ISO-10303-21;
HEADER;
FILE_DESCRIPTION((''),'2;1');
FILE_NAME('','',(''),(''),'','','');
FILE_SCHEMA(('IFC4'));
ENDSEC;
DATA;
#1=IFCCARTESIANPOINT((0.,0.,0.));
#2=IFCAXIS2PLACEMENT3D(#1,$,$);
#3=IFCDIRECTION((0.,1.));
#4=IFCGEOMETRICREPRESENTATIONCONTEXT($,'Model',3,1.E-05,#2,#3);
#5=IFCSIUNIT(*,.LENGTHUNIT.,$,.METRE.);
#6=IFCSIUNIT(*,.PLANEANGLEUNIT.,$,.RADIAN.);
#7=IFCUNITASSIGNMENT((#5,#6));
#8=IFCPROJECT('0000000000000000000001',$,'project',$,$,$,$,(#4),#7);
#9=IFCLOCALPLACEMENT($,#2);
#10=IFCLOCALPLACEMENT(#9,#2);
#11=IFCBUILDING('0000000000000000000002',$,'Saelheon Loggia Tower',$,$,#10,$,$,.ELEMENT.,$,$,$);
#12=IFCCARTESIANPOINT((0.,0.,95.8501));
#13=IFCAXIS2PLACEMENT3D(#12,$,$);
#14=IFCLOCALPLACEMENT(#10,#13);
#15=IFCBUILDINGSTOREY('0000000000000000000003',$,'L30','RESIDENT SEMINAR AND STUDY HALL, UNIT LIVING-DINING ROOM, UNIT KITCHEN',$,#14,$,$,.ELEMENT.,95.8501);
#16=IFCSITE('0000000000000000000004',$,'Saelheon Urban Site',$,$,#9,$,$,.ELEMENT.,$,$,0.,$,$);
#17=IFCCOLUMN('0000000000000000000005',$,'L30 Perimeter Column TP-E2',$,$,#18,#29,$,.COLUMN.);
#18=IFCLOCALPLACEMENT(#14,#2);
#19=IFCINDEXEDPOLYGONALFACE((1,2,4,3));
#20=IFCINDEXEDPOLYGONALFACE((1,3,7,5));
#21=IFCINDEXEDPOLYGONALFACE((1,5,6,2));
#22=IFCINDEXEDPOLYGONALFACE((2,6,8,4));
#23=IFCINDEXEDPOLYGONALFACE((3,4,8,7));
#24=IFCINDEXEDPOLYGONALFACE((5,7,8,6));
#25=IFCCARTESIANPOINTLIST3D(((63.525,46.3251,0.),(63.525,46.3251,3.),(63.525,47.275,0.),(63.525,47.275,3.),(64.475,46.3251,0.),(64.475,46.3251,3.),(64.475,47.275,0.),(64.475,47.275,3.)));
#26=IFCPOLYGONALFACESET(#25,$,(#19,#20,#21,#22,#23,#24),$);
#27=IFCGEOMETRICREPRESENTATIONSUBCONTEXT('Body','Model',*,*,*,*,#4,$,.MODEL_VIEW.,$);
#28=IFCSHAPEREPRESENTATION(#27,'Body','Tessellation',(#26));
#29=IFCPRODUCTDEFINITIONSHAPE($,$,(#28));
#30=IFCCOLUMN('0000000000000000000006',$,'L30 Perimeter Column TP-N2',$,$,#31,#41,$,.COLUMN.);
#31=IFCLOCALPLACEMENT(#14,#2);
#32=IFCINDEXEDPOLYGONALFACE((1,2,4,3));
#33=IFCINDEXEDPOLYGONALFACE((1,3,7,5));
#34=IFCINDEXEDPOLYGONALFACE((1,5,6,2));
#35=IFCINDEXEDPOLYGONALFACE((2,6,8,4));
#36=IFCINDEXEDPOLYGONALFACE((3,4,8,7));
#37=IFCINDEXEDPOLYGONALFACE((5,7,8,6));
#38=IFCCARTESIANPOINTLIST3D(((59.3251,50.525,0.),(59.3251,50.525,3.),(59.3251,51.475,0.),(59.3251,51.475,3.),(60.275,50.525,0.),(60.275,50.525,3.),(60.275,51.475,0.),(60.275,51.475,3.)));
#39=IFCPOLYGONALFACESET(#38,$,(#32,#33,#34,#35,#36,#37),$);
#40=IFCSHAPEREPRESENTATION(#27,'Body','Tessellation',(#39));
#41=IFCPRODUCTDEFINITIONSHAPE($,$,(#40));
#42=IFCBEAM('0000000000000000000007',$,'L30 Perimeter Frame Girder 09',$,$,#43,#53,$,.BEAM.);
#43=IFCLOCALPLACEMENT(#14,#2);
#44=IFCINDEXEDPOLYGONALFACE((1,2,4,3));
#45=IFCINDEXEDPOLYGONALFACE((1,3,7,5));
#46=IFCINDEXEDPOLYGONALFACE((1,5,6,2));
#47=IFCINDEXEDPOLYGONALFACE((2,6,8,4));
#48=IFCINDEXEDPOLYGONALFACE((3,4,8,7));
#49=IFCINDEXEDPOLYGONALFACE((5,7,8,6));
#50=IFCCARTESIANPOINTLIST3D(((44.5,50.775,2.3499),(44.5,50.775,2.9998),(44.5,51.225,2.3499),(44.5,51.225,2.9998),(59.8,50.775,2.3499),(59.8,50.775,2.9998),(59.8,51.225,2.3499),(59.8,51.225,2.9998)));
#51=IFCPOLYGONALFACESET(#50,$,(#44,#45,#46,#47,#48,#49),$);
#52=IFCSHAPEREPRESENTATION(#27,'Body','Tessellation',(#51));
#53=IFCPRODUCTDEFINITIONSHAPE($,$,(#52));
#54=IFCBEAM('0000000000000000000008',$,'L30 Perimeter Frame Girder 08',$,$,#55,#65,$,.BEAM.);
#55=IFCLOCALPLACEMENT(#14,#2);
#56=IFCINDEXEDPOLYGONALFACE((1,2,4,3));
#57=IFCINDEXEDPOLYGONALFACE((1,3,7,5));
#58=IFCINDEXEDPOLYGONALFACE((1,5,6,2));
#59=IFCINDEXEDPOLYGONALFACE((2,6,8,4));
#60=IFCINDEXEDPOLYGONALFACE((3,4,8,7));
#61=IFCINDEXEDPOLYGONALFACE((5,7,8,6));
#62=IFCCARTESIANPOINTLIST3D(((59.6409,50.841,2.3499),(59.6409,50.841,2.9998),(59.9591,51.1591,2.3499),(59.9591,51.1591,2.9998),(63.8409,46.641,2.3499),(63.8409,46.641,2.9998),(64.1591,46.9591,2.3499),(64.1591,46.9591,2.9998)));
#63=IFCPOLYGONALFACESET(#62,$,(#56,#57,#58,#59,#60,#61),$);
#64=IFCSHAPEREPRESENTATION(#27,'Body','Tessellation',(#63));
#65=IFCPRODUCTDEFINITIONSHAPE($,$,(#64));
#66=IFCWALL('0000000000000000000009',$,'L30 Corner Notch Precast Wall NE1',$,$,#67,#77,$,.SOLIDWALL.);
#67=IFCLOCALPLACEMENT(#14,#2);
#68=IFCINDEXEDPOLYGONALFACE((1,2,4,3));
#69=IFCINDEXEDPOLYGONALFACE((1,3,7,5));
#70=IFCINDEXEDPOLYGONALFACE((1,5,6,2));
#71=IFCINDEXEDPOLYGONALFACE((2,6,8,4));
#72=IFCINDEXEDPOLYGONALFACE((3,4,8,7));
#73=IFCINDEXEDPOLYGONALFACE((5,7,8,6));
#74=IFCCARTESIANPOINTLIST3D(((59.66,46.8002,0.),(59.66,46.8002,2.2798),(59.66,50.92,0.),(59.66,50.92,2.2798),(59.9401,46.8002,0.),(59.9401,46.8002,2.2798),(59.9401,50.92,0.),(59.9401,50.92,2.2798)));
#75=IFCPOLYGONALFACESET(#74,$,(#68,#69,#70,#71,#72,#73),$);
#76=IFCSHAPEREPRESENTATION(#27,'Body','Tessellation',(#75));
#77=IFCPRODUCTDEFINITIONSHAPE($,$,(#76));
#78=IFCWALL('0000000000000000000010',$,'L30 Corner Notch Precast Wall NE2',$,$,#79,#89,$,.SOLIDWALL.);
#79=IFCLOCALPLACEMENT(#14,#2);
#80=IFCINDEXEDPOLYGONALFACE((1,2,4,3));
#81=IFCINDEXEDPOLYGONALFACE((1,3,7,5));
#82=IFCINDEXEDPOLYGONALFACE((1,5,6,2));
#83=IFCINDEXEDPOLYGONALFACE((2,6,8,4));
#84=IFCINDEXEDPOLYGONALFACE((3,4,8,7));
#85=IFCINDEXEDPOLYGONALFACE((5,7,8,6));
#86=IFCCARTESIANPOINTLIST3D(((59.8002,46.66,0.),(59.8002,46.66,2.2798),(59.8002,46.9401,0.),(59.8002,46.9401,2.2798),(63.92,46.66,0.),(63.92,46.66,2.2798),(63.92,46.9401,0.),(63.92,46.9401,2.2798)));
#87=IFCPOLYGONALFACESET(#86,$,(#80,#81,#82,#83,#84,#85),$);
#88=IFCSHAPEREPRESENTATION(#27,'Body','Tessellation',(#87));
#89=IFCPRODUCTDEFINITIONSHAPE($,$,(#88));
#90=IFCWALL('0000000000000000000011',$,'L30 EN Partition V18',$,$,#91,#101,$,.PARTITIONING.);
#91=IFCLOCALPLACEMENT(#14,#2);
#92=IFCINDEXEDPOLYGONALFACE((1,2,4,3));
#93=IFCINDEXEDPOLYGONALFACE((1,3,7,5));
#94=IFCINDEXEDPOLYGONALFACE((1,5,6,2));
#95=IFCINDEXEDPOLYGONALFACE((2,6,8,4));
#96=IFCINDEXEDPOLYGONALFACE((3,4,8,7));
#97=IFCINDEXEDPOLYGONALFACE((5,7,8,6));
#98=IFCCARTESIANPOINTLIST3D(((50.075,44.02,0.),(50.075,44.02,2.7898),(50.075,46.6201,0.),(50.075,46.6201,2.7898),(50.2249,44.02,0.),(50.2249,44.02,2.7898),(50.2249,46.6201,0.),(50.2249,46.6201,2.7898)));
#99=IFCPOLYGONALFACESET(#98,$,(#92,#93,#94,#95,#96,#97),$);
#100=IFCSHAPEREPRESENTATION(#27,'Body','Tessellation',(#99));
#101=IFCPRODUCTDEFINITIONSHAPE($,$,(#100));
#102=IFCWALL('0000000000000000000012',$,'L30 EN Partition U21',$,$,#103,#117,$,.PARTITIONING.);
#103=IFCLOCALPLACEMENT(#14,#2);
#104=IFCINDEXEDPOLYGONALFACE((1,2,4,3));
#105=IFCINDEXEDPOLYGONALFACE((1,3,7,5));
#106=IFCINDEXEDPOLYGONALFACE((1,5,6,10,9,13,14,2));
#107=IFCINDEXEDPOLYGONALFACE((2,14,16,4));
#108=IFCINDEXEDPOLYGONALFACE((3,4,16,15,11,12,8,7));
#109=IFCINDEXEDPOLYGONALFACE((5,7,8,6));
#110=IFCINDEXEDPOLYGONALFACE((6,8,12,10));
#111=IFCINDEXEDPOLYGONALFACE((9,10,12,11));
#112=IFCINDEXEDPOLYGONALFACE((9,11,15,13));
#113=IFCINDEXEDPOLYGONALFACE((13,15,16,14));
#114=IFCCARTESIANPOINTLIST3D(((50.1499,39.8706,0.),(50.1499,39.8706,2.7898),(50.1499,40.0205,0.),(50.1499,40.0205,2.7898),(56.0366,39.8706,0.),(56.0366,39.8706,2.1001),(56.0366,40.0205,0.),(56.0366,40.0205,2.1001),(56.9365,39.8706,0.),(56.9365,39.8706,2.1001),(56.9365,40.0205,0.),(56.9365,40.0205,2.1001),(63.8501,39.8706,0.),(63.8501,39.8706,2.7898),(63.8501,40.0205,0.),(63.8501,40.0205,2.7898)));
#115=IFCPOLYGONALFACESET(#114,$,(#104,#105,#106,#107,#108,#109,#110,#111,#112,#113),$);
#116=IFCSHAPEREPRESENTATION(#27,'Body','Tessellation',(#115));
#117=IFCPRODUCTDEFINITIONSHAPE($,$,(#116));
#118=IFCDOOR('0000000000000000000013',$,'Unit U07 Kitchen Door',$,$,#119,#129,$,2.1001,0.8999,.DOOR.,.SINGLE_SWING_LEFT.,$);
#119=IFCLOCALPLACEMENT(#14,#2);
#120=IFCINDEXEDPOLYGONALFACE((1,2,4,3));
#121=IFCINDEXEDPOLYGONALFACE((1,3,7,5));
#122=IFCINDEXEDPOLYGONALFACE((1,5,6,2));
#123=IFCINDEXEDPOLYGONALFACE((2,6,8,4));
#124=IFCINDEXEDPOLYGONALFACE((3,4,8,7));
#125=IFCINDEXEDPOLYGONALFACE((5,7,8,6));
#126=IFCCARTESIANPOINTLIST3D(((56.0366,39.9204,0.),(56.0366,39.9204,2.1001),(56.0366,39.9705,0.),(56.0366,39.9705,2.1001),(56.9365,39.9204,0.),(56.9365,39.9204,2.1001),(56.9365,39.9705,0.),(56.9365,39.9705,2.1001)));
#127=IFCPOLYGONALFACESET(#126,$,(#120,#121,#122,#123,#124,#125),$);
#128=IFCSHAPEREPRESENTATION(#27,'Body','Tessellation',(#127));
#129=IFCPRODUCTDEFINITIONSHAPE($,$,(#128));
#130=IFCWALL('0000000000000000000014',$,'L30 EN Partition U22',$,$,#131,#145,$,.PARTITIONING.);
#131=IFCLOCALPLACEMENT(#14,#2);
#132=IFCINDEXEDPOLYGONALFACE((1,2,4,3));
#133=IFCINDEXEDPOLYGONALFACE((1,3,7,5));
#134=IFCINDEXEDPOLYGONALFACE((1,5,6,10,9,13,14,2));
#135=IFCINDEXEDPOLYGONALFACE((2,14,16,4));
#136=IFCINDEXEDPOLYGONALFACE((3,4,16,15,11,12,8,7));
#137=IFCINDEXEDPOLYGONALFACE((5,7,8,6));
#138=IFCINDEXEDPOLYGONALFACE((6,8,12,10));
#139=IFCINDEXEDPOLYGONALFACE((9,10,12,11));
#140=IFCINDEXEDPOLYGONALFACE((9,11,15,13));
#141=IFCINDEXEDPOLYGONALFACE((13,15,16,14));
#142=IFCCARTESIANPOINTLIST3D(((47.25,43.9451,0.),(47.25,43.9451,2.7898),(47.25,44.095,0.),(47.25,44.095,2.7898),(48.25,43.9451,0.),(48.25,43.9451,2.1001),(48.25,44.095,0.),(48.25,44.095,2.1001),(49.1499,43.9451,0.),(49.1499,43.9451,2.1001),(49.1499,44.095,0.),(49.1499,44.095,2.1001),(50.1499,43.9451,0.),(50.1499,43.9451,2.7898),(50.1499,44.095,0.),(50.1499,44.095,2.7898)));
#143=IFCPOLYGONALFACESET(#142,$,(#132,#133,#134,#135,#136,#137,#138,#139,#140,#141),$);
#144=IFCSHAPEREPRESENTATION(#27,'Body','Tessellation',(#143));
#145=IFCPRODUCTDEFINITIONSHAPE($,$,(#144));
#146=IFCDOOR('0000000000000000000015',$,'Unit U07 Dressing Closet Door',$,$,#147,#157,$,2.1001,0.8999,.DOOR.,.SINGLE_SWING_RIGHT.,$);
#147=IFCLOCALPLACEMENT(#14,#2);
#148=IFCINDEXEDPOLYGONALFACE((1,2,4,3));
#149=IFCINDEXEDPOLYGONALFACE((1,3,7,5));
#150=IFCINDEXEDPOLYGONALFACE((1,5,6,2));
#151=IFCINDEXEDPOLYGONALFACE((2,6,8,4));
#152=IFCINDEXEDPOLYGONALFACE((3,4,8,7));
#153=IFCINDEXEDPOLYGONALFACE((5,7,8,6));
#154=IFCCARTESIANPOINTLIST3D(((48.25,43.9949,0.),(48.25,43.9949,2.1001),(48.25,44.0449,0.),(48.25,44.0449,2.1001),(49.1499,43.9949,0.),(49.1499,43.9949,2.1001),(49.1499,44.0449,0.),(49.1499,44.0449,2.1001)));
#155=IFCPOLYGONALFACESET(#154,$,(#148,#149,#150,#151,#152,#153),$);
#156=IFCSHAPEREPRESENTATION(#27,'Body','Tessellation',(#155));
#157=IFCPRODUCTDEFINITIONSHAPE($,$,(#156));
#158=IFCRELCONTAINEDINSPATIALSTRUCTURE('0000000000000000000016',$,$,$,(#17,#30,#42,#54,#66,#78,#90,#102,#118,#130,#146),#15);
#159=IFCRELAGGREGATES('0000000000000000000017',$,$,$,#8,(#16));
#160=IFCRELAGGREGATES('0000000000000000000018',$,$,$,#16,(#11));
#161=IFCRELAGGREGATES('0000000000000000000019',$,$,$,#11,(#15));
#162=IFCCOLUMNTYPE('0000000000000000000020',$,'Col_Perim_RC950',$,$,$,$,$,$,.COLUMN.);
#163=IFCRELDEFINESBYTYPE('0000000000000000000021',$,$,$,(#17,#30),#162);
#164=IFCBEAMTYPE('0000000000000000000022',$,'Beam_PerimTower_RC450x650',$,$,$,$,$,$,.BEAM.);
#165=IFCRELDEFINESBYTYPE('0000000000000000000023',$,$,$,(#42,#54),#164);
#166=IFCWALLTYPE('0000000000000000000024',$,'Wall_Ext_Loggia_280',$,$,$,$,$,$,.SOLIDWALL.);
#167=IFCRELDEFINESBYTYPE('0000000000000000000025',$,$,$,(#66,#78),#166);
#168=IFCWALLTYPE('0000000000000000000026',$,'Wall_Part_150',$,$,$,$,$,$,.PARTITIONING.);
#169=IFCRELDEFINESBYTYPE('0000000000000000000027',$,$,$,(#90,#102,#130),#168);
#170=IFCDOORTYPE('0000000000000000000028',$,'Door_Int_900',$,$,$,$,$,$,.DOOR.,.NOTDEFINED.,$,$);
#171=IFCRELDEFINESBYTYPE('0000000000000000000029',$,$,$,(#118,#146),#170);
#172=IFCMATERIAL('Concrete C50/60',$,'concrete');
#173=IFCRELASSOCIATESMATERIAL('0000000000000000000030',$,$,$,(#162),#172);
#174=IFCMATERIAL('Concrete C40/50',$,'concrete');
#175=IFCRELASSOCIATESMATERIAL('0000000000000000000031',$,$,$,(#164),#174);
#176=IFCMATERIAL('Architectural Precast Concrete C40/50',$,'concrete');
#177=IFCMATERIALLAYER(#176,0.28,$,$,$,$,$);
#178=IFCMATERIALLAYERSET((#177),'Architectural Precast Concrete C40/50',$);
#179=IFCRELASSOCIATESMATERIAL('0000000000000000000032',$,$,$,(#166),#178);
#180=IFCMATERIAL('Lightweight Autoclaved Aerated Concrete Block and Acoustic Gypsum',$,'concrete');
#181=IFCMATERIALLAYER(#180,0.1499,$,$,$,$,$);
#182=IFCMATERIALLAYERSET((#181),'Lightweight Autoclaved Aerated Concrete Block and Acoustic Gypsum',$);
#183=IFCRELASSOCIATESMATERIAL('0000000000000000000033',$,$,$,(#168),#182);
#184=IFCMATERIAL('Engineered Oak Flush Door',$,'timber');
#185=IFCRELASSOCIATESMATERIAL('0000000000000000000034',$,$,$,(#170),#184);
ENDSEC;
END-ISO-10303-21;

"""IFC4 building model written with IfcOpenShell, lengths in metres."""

from ifc_helpers import new_model, si_unit, direction, frame, frame_2d, origin, origin_2d, place, context, subcontext, project, spatial, rectangle, extrude, source, transform, mapped, material, layer, layer_set, material_profile, profile_set, type_object, element, fill, save


model = new_model("IFC4")

# Units and contexts
model_context = context("Model", 3, precision=1e-05, world=origin(), true_north=direction((0.0, 1.0)))
body_context = subcontext(model_context, "Body", "Model", "MODEL_VIEW")
ifc_project = project(units=[si_unit("LENGTHUNIT", "METRE"), si_unit("PLANEANGLEUNIT", "RADIAN")], contexts=[model_context])

# Site, building, storey
site_placement = place(None, origin())
site = spatial("IfcSite", under=ifc_project, at=site_placement, Name="Saelheon Urban Site", CompositionType="ELEMENT", RefElevation=0.0)
building_placement = place(site_placement, origin())
building = spatial("IfcBuilding", under=site, at=building_placement, Name="Saelheon Loggia Tower", CompositionType="ELEMENT")
storey_placement = place(building_placement, frame((0.0, 0.0, 95.8501)))
storey = spatial("IfcBuildingStorey", under=building, at=storey_placement, Name="L30", Description="RESIDENT SEMINAR AND STUDY HALL, UNIT LIVING-DINING ROOM, UNIT KITCHEN", CompositionType="ELEMENT", Elevation=95.8501)

# Columns
ifc_material_1 = material(Name="Concrete C50/60", Category="concrete")
ifc_material_profile_1 = material_profile(ifc_material_1, rectangle(XDim=0.95, YDim=0.95, at=origin_2d()), Name="RC-950x950")
ifc_profile_set_1 = profile_set([ifc_material_profile_1], Name="Concrete C50/60")
column_type = type_object("IfcColumnType", Name="Col_Perim_RC950", PredefinedType="COLUMN", material=ifc_profile_set_1)
shared_shape_1 = source(origin(), body_context, "Body", "SweptSolid", [
    extrude(rectangle(XDim=0.95, YDim=0.95, at=origin_2d()), origin(), (0.0, 0.0, 1.0), 3.0),
])
for number, where, z_axis, x_axis, name in (
    (1, (64.0, 46.8, 0.0), (0.0, 0.0, 1.0), (1.0, 0.0, 0.0), "L30 Perimeter Column TP-E2"),
    (2, (59.8, 51.0, 0.0), (0.0, 0.0, 1.0), (1.0, 0.0, 0.0), "L30 Perimeter Column TP-N2"),
):
    element("IfcColumn", number, at=place(storey_placement, frame(where, z_axis=z_axis, x_axis=x_axis)), inside=storey, type_object=column_type, Name=name, PredefinedType="COLUMN", context=body_context, shape_type="MappedRepresentation", body=[
        mapped(shared_shape_1, transform((0.0, 0.0, 0.0), scale=1.0)),
    ])

# Beams
ifc_material_2 = material(Name="Concrete C40/50", Category="concrete")
ifc_material_profile_2 = material_profile(ifc_material_2, rectangle(XDim=0.45, YDim=0.6499, at=origin_2d()), Name="RC-450x650")
ifc_profile_set_2 = profile_set([ifc_material_profile_2], Name="Concrete C40/50")
beam_type = type_object("IfcBeamType", Name="Beam_PerimTower_RC450x650", PredefinedType="BEAM", material=ifc_profile_set_2)
shared_shape_2 = source(origin(), body_context, "Body", "SweptSolid", [
    extrude(rectangle(XDim=0.45, YDim=0.6499, at=origin_2d()), origin(), (0.0, 0.0, 1.0), 15.3),
])
beam_1_placement = place(storey_placement, frame((59.8, 51.0, 2.6748), z_axis=(-1.0, 0.0, 0.0), x_axis=(0.0, -1.0, 0.0)))
element("IfcBeam", 3, at=beam_1_placement, inside=storey, type_object=beam_type, Name="L30 Perimeter Frame Girder 09", PredefinedType="BEAM", context=body_context, shape_type="MappedRepresentation", body=[
    mapped(shared_shape_2, transform((0.0, 0.0, 0.0), scale=1.0)),
])
shared_shape_3 = source(origin(), body_context, "Body", "SweptSolid", [
    extrude(rectangle(XDim=0.45, YDim=0.6499, at=origin_2d()), origin(), (0.0, 0.0, 1.0), 5.9397),
])
beam_2_placement = place(storey_placement, frame((64.0, 46.8, 2.6748), z_axis=(-0.707107, 0.707107, 0.0), x_axis=(-0.707107, -0.707107, 0.0)))
element("IfcBeam", 4, at=beam_2_placement, inside=storey, type_object=beam_type, Name="L30 Perimeter Frame Girder 08", PredefinedType="BEAM", context=body_context, shape_type="MappedRepresentation", body=[
    mapped(shared_shape_3, transform((0.0, 0.0, 0.0), scale=1.0)),
])

# Walls
ifc_material_3 = material(Name="Architectural Precast Concrete C40/50", Category="concrete")
ifc_layer_1 = layer(ifc_material_3, 0.28)
ifc_layer_set_1 = layer_set([ifc_layer_1], Name="Architectural Precast Concrete C40/50")
wall_type_1 = type_object("IfcWallType", Name="Wall_Ext_Loggia_280", PredefinedType="SOLIDWALL", material=ifc_layer_set_1)
for number, where, z_axis, x_axis, name in (
    (5, (59.8, 46.8, 0.0), (0.0, 0.0, 1.0), (0.0, 1.0, 0.0), "L30 Corner Notch Precast Wall NE1"),
    (6, (59.8, 46.8, 0.0), (0.0, 0.0, 1.0), (1.0, 0.0, 0.0), "L30 Corner Notch Precast Wall NE2"),
):
    element("IfcWall", number, at=place(storey_placement, frame(where, z_axis=z_axis, x_axis=x_axis)), inside=storey, type_object=wall_type_1, Name=name, PredefinedType="SOLIDWALL", context=body_context, shape_type="SweptSolid", body=[
        extrude(rectangle(XDim=4.1199, YDim=0.28, at=frame_2d((2.0601, 0.0))), origin(), (0.0, 0.0, 1.0), 2.2798),
    ])
ifc_material_4 = material(Name="Lightweight Autoclaved Aerated Concrete Block and Acoustic Gypsum", Category="concrete")
ifc_layer_2 = layer(ifc_material_4, 0.1499)
ifc_layer_set_2 = layer_set([ifc_layer_2], Name="Lightweight Autoclaved Aerated Concrete Block and Acoustic Gypsum")
wall_type_2 = type_object("IfcWallType", Name="Wall_Part_150", PredefinedType="PARTITIONING", material=ifc_layer_set_2)
wall_1_placement = place(storey_placement, frame((50.1499, 44.02, 0.0), z_axis=(0.0, 0.0, 1.0), x_axis=(0.0, 1.0, 0.0)))
element("IfcWall", 7, at=wall_1_placement, inside=storey, type_object=wall_type_2, Name="L30 EN Partition V18", PredefinedType="PARTITIONING", context=body_context, shape_type="SweptSolid", body=[
    extrude(rectangle(XDim=2.6001, YDim=0.1499, at=frame_2d((1.3, 0.0))), origin(), (0.0, 0.0, 1.0), 2.7898),
])

# Walls, openings, doors
wall_2_placement = place(storey_placement, frame((50.1499, 39.9456, 0.0), z_axis=(0.0, 0.0, 1.0), x_axis=(1.0, 0.0, 0.0)))
wall_2 = element("IfcWall", 8, at=wall_2_placement, inside=storey, type_object=wall_type_2, Name="L30 EN Partition U21", PredefinedType="PARTITIONING", context=body_context, shape_type="SweptSolid", body=[
    extrude(rectangle(XDim=13.7002, YDim=0.1499, at=frame_2d((6.8501, 0.0))), origin(), (0.0, 0.0, 1.0), 2.7898),
])
opening_1_placement = place(wall_2_placement, frame((5.8867, 0.0, 0.0)))
opening_1 = element("IfcOpeningElement", 9, at=opening_1_placement, cuts=wall_2, PredefinedType="OPENING", context=body_context, shape_type="SweptSolid", body=[
    extrude(rectangle(XDim=0.8999, YDim=2.1001, at=frame_2d((0.45, 1.05))), frame((0.0, 0.0869, 0.0), z_axis=(0.0, -1.0, 0.0), x_axis=(1.0, 0.0, 0.0)), (0.0, 0.0, 1.0), 0.1738),
])
ifc_material_5 = material(Name="Engineered Oak Flush Door", Category="timber")
door_type = type_object("IfcDoorType", Name="Door_Int_900", OperationType="NOTDEFINED", PredefinedType="DOOR", material=ifc_material_5)
shared_shape_4 = source(origin(), body_context, "Body", "SweptSolid", [
    extrude(rectangle(XDim=0.8999, YDim=2.1001, at=frame_2d((0.45, 1.05))), frame((0.0, 0.0249, 0.0), z_axis=(0.0, -1.0, 0.0), x_axis=(1.0, 0.0, 0.0)), (0.0, 0.0, 1.0), 0.05),
])
door_1_placement = place(opening_1_placement, origin())
door_1 = element("IfcDoor", 10, at=door_1_placement, inside=storey, type_object=door_type, Name="Unit U07 Kitchen Door", OperationType="SINGLE_SWING_LEFT", OverallHeight=2.1001, OverallWidth=0.8999, PredefinedType="DOOR", context=body_context, shape_type="MappedRepresentation", body=[
    mapped(shared_shape_4, transform((0.0, 0.0, 0.0), scale=1.0)),
])
fill(opening_1, door_1)
wall_3_placement = place(storey_placement, frame((47.25, 44.02, 0.0), z_axis=(0.0, 0.0, 1.0), x_axis=(1.0, 0.0, 0.0)))
wall_3 = element("IfcWall", 11, at=wall_3_placement, inside=storey, type_object=wall_type_2, Name="L30 EN Partition U22", PredefinedType="PARTITIONING", context=body_context, shape_type="SweptSolid", body=[
    extrude(rectangle(XDim=2.8999, YDim=0.1499, at=frame_2d((1.45, 0.0))), origin(), (0.0, 0.0, 1.0), 2.7898),
])
opening_2_placement = place(wall_3_placement, frame((1.0, 0.0, 0.0)))
opening_2 = element("IfcOpeningElement", 12, at=opening_2_placement, cuts=wall_3, PredefinedType="OPENING", context=body_context, shape_type="SweptSolid", body=[
    extrude(rectangle(XDim=0.8999, YDim=2.1001, at=frame_2d((0.45, 1.05))), frame((0.0, 0.0869, 0.0), z_axis=(0.0, -1.0, 0.0), x_axis=(1.0, 0.0, 0.0)), (0.0, 0.0, 1.0), 0.1738),
])
door_2_placement = place(opening_2_placement, origin())
door_2 = element("IfcDoor", 13, at=door_2_placement, inside=storey, type_object=door_type, Name="Unit U07 Dressing Closet Door", OperationType="SINGLE_SWING_RIGHT", OverallHeight=2.1001, OverallWidth=0.8999, PredefinedType="DOOR", context=body_context, shape_type="MappedRepresentation", body=[
    mapped(shared_shape_4, transform((0.0, 0.0, 0.0), scale=1.0)),
])
fill(opening_2, door_2)

save(model, "model.ifc")
